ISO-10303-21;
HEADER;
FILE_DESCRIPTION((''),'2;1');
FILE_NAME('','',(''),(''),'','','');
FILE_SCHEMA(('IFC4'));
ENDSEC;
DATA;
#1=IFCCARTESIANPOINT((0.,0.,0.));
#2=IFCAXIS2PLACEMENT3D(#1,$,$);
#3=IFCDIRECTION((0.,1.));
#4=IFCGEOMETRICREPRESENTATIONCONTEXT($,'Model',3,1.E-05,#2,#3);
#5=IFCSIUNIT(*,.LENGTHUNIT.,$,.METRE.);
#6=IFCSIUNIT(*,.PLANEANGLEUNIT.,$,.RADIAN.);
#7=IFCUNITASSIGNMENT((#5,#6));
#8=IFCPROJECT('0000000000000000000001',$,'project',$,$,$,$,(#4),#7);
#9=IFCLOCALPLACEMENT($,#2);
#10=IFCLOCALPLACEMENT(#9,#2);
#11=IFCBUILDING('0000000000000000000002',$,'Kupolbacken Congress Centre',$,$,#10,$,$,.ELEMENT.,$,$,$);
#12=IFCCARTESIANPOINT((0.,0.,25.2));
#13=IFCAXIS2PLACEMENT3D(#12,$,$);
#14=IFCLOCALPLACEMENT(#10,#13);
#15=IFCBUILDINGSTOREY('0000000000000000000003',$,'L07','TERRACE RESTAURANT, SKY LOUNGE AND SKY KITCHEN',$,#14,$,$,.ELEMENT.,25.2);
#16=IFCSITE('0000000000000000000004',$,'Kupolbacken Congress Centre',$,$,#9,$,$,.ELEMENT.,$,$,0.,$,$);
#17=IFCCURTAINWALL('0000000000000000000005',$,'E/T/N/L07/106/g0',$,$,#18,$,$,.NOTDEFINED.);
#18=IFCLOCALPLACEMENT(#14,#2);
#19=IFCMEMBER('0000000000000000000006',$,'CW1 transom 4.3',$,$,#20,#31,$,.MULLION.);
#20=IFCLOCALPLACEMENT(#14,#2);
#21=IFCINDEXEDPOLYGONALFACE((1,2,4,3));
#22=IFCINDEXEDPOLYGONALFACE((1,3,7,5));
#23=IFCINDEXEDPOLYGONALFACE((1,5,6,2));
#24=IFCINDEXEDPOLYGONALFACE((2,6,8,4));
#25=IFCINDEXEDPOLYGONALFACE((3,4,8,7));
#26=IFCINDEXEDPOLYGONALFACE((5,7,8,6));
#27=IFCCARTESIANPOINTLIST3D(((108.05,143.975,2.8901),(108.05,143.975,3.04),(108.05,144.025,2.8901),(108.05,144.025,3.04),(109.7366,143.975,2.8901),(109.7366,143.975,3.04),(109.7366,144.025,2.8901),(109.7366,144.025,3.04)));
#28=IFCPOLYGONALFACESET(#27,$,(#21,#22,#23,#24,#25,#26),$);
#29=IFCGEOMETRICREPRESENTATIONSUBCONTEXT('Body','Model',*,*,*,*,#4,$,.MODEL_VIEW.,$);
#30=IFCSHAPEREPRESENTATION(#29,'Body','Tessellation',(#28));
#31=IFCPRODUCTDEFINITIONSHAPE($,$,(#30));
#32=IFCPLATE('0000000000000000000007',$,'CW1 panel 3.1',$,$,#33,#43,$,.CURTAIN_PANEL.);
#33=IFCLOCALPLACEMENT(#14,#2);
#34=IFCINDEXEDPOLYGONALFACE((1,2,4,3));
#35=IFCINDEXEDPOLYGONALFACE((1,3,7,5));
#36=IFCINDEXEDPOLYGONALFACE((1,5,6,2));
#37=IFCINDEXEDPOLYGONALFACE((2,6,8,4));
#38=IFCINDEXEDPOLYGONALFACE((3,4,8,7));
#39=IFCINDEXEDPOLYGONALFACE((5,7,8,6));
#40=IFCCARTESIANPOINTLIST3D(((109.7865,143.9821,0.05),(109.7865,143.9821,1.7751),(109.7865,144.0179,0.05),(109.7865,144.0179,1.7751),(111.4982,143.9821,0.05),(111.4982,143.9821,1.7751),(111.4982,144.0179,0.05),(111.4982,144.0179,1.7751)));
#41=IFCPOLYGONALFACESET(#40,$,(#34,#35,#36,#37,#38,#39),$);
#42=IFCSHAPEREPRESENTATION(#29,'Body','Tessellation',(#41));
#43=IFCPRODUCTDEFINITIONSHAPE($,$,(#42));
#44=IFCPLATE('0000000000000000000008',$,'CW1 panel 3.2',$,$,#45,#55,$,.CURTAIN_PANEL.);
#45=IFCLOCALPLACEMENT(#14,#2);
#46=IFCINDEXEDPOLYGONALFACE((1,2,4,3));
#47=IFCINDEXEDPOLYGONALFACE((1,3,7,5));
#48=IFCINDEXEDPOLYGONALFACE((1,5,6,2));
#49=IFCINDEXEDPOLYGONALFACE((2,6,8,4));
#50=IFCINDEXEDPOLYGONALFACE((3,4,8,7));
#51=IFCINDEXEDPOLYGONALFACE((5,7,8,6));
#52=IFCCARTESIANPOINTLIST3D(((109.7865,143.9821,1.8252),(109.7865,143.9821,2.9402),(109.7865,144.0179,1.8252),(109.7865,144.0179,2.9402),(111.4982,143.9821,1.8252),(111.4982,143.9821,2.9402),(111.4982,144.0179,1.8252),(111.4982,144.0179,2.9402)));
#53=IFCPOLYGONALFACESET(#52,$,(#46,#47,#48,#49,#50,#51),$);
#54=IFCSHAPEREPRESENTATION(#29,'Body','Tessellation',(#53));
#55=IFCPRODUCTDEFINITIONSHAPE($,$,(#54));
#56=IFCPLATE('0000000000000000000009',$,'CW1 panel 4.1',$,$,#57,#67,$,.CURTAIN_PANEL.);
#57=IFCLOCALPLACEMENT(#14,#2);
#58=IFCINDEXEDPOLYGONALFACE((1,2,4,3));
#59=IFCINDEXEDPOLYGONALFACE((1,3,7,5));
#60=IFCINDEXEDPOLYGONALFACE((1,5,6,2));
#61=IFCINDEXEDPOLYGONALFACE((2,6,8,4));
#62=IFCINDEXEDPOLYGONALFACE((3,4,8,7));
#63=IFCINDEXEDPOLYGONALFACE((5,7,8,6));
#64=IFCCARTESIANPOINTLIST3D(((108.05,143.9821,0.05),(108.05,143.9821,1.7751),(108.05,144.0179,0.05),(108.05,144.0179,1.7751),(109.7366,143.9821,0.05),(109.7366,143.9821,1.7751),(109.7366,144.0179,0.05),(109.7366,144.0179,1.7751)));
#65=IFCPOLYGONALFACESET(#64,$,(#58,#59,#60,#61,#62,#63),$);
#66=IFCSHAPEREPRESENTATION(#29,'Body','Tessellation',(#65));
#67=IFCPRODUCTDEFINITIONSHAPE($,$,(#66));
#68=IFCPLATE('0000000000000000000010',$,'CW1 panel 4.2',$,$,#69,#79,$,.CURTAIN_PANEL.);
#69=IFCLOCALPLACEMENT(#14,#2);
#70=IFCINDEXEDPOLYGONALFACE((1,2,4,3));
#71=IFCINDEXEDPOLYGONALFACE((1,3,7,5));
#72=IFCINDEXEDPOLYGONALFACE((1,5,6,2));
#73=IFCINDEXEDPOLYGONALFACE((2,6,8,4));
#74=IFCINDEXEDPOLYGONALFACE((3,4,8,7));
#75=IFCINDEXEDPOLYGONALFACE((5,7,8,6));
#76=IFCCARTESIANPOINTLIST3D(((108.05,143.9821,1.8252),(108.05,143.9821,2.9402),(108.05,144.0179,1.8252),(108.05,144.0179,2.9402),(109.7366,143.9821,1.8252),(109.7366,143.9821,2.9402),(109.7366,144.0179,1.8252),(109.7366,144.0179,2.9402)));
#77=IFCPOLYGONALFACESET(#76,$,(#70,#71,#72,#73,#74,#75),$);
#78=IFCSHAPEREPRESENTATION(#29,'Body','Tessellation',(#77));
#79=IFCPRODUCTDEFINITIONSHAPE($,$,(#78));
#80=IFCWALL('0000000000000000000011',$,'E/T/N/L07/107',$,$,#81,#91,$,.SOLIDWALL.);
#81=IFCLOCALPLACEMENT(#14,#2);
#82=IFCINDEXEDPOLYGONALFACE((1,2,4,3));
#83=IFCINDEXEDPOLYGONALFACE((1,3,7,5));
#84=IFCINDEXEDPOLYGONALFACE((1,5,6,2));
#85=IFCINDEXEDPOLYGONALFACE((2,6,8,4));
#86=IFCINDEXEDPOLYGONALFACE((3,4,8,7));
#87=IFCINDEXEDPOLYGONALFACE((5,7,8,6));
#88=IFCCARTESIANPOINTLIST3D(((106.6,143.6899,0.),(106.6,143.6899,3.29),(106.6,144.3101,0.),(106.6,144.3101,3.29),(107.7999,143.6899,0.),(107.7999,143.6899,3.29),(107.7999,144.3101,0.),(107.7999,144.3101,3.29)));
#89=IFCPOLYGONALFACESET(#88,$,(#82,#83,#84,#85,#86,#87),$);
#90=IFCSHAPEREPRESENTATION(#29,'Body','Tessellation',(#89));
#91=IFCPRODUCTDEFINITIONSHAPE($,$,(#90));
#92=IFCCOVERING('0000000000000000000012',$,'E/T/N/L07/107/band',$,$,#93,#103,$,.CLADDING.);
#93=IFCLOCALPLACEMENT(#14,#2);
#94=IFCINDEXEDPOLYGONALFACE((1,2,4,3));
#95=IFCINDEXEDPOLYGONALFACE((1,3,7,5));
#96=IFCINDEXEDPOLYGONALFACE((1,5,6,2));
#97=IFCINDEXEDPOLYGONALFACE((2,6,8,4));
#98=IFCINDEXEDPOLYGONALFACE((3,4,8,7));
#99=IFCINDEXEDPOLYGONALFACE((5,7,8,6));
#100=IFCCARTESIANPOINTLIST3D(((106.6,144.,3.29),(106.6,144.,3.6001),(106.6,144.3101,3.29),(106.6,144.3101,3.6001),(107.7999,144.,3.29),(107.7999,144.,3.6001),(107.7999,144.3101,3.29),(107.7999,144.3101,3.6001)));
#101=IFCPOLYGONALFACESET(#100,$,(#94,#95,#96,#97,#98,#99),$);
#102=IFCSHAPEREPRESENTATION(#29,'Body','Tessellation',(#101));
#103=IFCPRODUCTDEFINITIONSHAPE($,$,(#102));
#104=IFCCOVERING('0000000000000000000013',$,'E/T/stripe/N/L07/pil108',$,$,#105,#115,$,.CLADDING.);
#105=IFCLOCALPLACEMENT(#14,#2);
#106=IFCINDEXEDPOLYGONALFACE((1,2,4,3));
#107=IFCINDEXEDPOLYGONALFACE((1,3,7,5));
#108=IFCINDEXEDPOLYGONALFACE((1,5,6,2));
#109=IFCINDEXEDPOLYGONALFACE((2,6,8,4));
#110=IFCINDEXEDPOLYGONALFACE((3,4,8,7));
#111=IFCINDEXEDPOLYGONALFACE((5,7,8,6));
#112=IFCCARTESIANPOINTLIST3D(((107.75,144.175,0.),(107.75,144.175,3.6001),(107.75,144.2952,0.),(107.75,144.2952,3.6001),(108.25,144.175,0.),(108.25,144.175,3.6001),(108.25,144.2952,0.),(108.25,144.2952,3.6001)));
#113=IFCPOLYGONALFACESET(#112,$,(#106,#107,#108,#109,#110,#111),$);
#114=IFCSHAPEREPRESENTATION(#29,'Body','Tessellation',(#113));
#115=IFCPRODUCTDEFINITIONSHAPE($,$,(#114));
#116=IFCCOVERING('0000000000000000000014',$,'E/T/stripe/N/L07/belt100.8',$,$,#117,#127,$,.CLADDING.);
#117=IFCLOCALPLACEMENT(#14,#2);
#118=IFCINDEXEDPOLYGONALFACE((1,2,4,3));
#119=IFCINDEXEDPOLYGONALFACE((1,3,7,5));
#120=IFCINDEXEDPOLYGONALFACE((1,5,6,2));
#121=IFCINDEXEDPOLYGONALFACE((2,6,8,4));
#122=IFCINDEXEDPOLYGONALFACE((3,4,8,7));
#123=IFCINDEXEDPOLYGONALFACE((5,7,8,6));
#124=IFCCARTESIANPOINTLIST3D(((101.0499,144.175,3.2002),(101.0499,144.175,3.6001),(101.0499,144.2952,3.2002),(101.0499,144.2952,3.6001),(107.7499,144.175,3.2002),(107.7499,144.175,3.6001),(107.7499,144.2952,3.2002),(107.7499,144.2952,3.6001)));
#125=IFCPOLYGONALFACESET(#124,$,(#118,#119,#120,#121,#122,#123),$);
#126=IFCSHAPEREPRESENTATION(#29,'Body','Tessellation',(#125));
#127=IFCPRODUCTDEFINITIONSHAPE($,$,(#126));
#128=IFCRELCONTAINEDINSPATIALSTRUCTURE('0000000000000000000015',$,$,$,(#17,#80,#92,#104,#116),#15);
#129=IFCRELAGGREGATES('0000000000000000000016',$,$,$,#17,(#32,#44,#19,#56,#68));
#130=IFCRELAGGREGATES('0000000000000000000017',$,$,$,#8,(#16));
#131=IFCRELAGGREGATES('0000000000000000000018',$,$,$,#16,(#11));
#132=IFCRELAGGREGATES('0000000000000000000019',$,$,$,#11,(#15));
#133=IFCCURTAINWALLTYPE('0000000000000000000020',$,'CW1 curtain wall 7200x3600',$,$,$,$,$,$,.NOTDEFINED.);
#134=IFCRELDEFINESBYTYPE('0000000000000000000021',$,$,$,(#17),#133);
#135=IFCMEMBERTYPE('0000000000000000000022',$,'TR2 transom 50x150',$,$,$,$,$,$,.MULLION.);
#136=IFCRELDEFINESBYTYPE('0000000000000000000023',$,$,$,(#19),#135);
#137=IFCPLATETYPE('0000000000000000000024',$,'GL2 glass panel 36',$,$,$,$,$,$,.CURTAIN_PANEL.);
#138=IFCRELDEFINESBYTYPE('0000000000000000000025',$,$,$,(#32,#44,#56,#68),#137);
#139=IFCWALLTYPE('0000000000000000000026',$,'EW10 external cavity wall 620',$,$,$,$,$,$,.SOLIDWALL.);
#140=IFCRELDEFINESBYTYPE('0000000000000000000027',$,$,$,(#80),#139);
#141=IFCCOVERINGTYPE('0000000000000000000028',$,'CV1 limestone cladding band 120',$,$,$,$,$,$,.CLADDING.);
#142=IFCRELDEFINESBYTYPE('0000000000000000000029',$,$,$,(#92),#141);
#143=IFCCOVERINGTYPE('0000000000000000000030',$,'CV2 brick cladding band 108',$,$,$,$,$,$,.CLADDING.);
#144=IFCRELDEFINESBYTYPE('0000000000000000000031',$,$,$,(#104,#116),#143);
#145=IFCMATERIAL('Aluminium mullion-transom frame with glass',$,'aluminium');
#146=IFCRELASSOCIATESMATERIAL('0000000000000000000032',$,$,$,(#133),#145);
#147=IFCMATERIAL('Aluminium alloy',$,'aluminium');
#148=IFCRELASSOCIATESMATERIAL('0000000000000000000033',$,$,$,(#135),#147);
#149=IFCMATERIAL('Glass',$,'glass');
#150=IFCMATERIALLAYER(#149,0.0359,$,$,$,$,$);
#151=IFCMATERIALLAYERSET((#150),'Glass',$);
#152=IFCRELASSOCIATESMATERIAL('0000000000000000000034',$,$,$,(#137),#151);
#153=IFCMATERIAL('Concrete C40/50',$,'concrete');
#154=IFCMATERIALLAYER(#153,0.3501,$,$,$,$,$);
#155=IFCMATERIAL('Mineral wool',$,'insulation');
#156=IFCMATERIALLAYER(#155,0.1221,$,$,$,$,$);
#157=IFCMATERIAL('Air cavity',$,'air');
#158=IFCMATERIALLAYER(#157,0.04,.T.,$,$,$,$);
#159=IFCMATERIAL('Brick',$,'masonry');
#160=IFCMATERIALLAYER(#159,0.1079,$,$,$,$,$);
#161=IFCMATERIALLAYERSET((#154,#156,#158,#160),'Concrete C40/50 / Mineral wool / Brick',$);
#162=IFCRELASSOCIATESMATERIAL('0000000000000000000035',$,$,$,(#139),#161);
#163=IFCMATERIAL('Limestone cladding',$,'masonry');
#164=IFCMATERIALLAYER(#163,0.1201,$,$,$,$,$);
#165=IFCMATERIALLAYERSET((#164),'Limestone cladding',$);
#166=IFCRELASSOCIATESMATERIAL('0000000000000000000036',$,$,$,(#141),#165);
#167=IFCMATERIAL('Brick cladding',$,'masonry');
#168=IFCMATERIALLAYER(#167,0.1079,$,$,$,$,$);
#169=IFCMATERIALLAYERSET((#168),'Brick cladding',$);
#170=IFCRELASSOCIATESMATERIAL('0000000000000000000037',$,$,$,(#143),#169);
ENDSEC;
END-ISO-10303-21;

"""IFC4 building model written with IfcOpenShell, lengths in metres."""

from ifc_helpers import new_model, si_unit, direction, frame, frame_2d, origin, origin_2d, place, context, subcontext, project, spatial, rectangle, extrude, material, layer, layer_set, material_profile, profile_set, type_object, element, aggregate, save


model = new_model("IFC4")

# Units and contexts
model_context = context("Model", 3, precision=1e-05, world=origin(), true_north=direction((0.0, 1.0)))
body_context = subcontext(model_context, "Body", "Model", "MODEL_VIEW")
ifc_project = project(units=[si_unit("LENGTHUNIT", "METRE"), si_unit("PLANEANGLEUNIT", "RADIAN")], contexts=[model_context])

# Site, building, storey
site_placement = place(None, origin())
site = spatial("IfcSite", under=ifc_project, at=site_placement, Name="Kupolbacken Congress Centre", CompositionType="ELEMENT", RefElevation=0.0)
building_placement = place(site_placement, origin())
building = spatial("IfcBuilding", under=site, at=building_placement, Name="Kupolbacken Congress Centre", CompositionType="ELEMENT")
storey_placement = place(building_placement, frame((0.0, 0.0, 25.2)))
storey = spatial("IfcBuildingStorey", under=building, at=storey_placement, Name="L07", Description="TERRACE RESTAURANT, SKY LOUNGE AND SKY KITCHEN", CompositionType="ELEMENT", Elevation=25.2)

# Curtain wall, member, plates
ifc_material_1 = material(Name="Aluminium mullion-transom frame with glass", Category="aluminium")
curtain_wall_type = type_object("IfcCurtainWallType", Name="CW1 curtain wall 7200x3600", PredefinedType="NOTDEFINED", material=ifc_material_1)
curtain_wall_placement = place(storey_placement, origin())
curtain_wall = element("IfcCurtainWall", 1, at=curtain_wall_placement, inside=storey, type_object=curtain_wall_type, Name="E/T/N/L07/106/g0", PredefinedType="NOTDEFINED")
ifc_material_2 = material(Name="Aluminium alloy", Category="aluminium")
ifc_material_profile_1 = material_profile(ifc_material_2, rectangle(XDim=0.05, YDim=0.1499, at=origin_2d()), Name="50 x 150")
ifc_profile_set_1 = profile_set([ifc_material_profile_1], Name="Aluminium alloy")
member_type_1 = type_object("IfcMemberType", Name="TR2 transom 50x150", PredefinedType="MULLION", material=ifc_profile_set_1)
member_1_placement = place(storey_placement, frame((109.7366, 144.0, 2.9651), z_axis=(-1.0, 0.0, 0.0), x_axis=(0.0, -1.0, 0.0)))
member_1 = element("IfcMember", 2, at=member_1_placement, type_object=member_type_1, Name="CW1 transom 4.3", PredefinedType="MULLION", context=body_context, shape_type="SweptSolid", body=[
    extrude(rectangle(XDim=0.05, YDim=0.1499, at=origin_2d()), origin(), (0.0, 0.0, 1.0), 1.6865),
])
ifc_material_3 = material(Name="Glass", Category="glass")
ifc_layer_1 = layer(ifc_material_3, 0.0359)
ifc_layer_set_1 = layer_set([ifc_layer_1], Name="Glass")
plate_type = type_object("IfcPlateType", Name="GL2 glass panel 36", PredefinedType="CURTAIN_PANEL", material=ifc_layer_set_1)
plate_1_placement = place(storey_placement, frame((110.6423, 144.0, 0.05), z_axis=(0.0, 0.0, 1.0), x_axis=(-1.0, 0.0, 0.0)))
plate_1 = element("IfcPlate", 3, at=plate_1_placement, type_object=plate_type, Name="CW1 panel 3.1", PredefinedType="CURTAIN_PANEL", context=body_context, shape_type="SweptSolid", body=[
    extrude(rectangle(XDim=1.7117, YDim=0.0359, at=origin_2d()), origin(), (0.0, 0.0, 1.0), 1.7251),
])
plate_2_placement = place(storey_placement, frame((110.6423, 144.0, 1.8252), z_axis=(0.0, 0.0, 1.0), x_axis=(-1.0, 0.0, 0.0)))
plate_2 = element("IfcPlate", 4, at=plate_2_placement, type_object=plate_type, Name="CW1 panel 3.2", PredefinedType="CURTAIN_PANEL", context=body_context, shape_type="SweptSolid", body=[
    extrude(rectangle(XDim=1.7117, YDim=0.0359, at=origin_2d()), origin(), (0.0, 0.0, 1.0), 1.115),
])
plate_3_placement = place(storey_placement, frame((108.8933, 144.0, 0.05), z_axis=(0.0, 0.0, 1.0), x_axis=(-1.0, 0.0, 0.0)))
plate_3 = element("IfcPlate", 5, at=plate_3_placement, type_object=plate_type, Name="CW1 panel 4.1", PredefinedType="CURTAIN_PANEL", context=body_context, shape_type="SweptSolid", body=[
    extrude(rectangle(XDim=1.6865, YDim=0.0359, at=origin_2d()), origin(), (0.0, 0.0, 1.0), 1.7251),
])
plate_4_placement = place(storey_placement, frame((108.8933, 144.0, 1.8252), z_axis=(0.0, 0.0, 1.0), x_axis=(-1.0, 0.0, 0.0)))
plate_4 = element("IfcPlate", 6, at=plate_4_placement, type_object=plate_type, Name="CW1 panel 4.2", PredefinedType="CURTAIN_PANEL", context=body_context, shape_type="SweptSolid", body=[
    extrude(rectangle(XDim=1.6865, YDim=0.0359, at=origin_2d()), origin(), (0.0, 0.0, 1.0), 1.115),
])
aggregate(curtain_wall, [plate_1, plate_2, member_1, plate_3, plate_4])

# Wall
ifc_material_4 = material(Name="Concrete C40/50", Category="concrete")
ifc_layer_2 = layer(ifc_material_4, 0.3501)
ifc_material_5 = material(Name="Mineral wool", Category="insulation")
ifc_layer_3 = layer(ifc_material_5, 0.1221)
ifc_material_6 = material(Name="Air cavity", Category="air")
ifc_layer_4 = layer(ifc_material_6, 0.04, ventilated=True)
ifc_material_7 = material(Name="Brick", Category="masonry")
ifc_layer_5 = layer(ifc_material_7, 0.1079)
ifc_layer_set_2 = layer_set([ifc_layer_2, ifc_layer_3, ifc_layer_4, ifc_layer_5], Name="Concrete C40/50 / Mineral wool / Brick")
wall_type = type_object("IfcWallType", Name="EW10 external cavity wall 620", PredefinedType="SOLIDWALL", material=ifc_layer_set_2)
wall_placement = place(storey_placement, frame((107.8, 144.0, 0.0), z_axis=(0.0, 0.0, 1.0), x_axis=(-1.0, 0.0, 0.0)))
element("IfcWall", 7, at=wall_placement, inside=storey, type_object=wall_type, Name="E/T/N/L07/107", PredefinedType="SOLIDWALL", context=body_context, shape_type="SweptSolid", body=[
    extrude(rectangle(XDim=1.2, YDim=0.6201, at=frame_2d((0.6001, 0.0))), origin(), (0.0, 0.0, 1.0), 3.29),
])

# Coverings
ifc_material_8 = material(Name="Limestone cladding", Category="masonry")
ifc_layer_6 = layer(ifc_material_8, 0.1201)
ifc_layer_set_3 = layer_set([ifc_layer_6], Name="Limestone cladding")
covering_type_1 = type_object("IfcCoveringType", Name="CV1 limestone cladding band 120", PredefinedType="CLADDING", material=ifc_layer_set_3)
covering_1_placement = place(storey_placement, frame((107.2, 144.155, 3.29), z_axis=(0.0, 0.0, 1.0), x_axis=(-1.0, 0.0, 0.0)))
element("IfcCovering", 8, at=covering_1_placement, inside=storey, type_object=covering_type_1, Name="E/T/N/L07/107/band", PredefinedType="CLADDING", context=body_context, shape_type="SweptSolid", body=[
    extrude(rectangle(XDim=1.2, YDim=0.3101, at=origin_2d()), origin(), (0.0, 0.0, 1.0), 0.3101),
])
ifc_material_9 = material(Name="Brick cladding", Category="masonry")
ifc_layer_7 = layer(ifc_material_9, 0.1079)
ifc_layer_set_4 = layer_set([ifc_layer_7], Name="Brick cladding")
covering_type_2 = type_object("IfcCoveringType", Name="CV2 brick cladding band 108", PredefinedType="CLADDING", material=ifc_layer_set_4)
covering_2_placement = place(storey_placement, frame((108.0, 144.2351, 0.0), z_axis=(0.0, 0.0, 1.0), x_axis=(1.0, 0.0, 0.0)))
element("IfcCovering", 9, at=covering_2_placement, inside=storey, type_object=covering_type_2, Name="E/T/stripe/N/L07/pil108", PredefinedType="CLADDING", context=body_context, shape_type="SweptSolid", body=[
    extrude(rectangle(XDim=0.5, YDim=0.1201, at=origin_2d()), origin(), (0.0, 0.0, 1.0), 3.6001),
])
covering_3_placement = place(storey_placement, frame((104.3999, 144.2351, 3.2002), z_axis=(0.0, 0.0, 1.0), x_axis=(1.0, 0.0, 0.0)))
element("IfcCovering", 10, at=covering_3_placement, inside=storey, type_object=covering_type_2, Name="E/T/stripe/N/L07/belt100.8", PredefinedType="CLADDING", context=body_context, shape_type="SweptSolid", body=[
    extrude(rectangle(XDim=6.7, YDim=0.1201, at=origin_2d()), origin(), (0.0, 0.0, 1.0), 0.3999),
])

save(model, "model.ifc")
